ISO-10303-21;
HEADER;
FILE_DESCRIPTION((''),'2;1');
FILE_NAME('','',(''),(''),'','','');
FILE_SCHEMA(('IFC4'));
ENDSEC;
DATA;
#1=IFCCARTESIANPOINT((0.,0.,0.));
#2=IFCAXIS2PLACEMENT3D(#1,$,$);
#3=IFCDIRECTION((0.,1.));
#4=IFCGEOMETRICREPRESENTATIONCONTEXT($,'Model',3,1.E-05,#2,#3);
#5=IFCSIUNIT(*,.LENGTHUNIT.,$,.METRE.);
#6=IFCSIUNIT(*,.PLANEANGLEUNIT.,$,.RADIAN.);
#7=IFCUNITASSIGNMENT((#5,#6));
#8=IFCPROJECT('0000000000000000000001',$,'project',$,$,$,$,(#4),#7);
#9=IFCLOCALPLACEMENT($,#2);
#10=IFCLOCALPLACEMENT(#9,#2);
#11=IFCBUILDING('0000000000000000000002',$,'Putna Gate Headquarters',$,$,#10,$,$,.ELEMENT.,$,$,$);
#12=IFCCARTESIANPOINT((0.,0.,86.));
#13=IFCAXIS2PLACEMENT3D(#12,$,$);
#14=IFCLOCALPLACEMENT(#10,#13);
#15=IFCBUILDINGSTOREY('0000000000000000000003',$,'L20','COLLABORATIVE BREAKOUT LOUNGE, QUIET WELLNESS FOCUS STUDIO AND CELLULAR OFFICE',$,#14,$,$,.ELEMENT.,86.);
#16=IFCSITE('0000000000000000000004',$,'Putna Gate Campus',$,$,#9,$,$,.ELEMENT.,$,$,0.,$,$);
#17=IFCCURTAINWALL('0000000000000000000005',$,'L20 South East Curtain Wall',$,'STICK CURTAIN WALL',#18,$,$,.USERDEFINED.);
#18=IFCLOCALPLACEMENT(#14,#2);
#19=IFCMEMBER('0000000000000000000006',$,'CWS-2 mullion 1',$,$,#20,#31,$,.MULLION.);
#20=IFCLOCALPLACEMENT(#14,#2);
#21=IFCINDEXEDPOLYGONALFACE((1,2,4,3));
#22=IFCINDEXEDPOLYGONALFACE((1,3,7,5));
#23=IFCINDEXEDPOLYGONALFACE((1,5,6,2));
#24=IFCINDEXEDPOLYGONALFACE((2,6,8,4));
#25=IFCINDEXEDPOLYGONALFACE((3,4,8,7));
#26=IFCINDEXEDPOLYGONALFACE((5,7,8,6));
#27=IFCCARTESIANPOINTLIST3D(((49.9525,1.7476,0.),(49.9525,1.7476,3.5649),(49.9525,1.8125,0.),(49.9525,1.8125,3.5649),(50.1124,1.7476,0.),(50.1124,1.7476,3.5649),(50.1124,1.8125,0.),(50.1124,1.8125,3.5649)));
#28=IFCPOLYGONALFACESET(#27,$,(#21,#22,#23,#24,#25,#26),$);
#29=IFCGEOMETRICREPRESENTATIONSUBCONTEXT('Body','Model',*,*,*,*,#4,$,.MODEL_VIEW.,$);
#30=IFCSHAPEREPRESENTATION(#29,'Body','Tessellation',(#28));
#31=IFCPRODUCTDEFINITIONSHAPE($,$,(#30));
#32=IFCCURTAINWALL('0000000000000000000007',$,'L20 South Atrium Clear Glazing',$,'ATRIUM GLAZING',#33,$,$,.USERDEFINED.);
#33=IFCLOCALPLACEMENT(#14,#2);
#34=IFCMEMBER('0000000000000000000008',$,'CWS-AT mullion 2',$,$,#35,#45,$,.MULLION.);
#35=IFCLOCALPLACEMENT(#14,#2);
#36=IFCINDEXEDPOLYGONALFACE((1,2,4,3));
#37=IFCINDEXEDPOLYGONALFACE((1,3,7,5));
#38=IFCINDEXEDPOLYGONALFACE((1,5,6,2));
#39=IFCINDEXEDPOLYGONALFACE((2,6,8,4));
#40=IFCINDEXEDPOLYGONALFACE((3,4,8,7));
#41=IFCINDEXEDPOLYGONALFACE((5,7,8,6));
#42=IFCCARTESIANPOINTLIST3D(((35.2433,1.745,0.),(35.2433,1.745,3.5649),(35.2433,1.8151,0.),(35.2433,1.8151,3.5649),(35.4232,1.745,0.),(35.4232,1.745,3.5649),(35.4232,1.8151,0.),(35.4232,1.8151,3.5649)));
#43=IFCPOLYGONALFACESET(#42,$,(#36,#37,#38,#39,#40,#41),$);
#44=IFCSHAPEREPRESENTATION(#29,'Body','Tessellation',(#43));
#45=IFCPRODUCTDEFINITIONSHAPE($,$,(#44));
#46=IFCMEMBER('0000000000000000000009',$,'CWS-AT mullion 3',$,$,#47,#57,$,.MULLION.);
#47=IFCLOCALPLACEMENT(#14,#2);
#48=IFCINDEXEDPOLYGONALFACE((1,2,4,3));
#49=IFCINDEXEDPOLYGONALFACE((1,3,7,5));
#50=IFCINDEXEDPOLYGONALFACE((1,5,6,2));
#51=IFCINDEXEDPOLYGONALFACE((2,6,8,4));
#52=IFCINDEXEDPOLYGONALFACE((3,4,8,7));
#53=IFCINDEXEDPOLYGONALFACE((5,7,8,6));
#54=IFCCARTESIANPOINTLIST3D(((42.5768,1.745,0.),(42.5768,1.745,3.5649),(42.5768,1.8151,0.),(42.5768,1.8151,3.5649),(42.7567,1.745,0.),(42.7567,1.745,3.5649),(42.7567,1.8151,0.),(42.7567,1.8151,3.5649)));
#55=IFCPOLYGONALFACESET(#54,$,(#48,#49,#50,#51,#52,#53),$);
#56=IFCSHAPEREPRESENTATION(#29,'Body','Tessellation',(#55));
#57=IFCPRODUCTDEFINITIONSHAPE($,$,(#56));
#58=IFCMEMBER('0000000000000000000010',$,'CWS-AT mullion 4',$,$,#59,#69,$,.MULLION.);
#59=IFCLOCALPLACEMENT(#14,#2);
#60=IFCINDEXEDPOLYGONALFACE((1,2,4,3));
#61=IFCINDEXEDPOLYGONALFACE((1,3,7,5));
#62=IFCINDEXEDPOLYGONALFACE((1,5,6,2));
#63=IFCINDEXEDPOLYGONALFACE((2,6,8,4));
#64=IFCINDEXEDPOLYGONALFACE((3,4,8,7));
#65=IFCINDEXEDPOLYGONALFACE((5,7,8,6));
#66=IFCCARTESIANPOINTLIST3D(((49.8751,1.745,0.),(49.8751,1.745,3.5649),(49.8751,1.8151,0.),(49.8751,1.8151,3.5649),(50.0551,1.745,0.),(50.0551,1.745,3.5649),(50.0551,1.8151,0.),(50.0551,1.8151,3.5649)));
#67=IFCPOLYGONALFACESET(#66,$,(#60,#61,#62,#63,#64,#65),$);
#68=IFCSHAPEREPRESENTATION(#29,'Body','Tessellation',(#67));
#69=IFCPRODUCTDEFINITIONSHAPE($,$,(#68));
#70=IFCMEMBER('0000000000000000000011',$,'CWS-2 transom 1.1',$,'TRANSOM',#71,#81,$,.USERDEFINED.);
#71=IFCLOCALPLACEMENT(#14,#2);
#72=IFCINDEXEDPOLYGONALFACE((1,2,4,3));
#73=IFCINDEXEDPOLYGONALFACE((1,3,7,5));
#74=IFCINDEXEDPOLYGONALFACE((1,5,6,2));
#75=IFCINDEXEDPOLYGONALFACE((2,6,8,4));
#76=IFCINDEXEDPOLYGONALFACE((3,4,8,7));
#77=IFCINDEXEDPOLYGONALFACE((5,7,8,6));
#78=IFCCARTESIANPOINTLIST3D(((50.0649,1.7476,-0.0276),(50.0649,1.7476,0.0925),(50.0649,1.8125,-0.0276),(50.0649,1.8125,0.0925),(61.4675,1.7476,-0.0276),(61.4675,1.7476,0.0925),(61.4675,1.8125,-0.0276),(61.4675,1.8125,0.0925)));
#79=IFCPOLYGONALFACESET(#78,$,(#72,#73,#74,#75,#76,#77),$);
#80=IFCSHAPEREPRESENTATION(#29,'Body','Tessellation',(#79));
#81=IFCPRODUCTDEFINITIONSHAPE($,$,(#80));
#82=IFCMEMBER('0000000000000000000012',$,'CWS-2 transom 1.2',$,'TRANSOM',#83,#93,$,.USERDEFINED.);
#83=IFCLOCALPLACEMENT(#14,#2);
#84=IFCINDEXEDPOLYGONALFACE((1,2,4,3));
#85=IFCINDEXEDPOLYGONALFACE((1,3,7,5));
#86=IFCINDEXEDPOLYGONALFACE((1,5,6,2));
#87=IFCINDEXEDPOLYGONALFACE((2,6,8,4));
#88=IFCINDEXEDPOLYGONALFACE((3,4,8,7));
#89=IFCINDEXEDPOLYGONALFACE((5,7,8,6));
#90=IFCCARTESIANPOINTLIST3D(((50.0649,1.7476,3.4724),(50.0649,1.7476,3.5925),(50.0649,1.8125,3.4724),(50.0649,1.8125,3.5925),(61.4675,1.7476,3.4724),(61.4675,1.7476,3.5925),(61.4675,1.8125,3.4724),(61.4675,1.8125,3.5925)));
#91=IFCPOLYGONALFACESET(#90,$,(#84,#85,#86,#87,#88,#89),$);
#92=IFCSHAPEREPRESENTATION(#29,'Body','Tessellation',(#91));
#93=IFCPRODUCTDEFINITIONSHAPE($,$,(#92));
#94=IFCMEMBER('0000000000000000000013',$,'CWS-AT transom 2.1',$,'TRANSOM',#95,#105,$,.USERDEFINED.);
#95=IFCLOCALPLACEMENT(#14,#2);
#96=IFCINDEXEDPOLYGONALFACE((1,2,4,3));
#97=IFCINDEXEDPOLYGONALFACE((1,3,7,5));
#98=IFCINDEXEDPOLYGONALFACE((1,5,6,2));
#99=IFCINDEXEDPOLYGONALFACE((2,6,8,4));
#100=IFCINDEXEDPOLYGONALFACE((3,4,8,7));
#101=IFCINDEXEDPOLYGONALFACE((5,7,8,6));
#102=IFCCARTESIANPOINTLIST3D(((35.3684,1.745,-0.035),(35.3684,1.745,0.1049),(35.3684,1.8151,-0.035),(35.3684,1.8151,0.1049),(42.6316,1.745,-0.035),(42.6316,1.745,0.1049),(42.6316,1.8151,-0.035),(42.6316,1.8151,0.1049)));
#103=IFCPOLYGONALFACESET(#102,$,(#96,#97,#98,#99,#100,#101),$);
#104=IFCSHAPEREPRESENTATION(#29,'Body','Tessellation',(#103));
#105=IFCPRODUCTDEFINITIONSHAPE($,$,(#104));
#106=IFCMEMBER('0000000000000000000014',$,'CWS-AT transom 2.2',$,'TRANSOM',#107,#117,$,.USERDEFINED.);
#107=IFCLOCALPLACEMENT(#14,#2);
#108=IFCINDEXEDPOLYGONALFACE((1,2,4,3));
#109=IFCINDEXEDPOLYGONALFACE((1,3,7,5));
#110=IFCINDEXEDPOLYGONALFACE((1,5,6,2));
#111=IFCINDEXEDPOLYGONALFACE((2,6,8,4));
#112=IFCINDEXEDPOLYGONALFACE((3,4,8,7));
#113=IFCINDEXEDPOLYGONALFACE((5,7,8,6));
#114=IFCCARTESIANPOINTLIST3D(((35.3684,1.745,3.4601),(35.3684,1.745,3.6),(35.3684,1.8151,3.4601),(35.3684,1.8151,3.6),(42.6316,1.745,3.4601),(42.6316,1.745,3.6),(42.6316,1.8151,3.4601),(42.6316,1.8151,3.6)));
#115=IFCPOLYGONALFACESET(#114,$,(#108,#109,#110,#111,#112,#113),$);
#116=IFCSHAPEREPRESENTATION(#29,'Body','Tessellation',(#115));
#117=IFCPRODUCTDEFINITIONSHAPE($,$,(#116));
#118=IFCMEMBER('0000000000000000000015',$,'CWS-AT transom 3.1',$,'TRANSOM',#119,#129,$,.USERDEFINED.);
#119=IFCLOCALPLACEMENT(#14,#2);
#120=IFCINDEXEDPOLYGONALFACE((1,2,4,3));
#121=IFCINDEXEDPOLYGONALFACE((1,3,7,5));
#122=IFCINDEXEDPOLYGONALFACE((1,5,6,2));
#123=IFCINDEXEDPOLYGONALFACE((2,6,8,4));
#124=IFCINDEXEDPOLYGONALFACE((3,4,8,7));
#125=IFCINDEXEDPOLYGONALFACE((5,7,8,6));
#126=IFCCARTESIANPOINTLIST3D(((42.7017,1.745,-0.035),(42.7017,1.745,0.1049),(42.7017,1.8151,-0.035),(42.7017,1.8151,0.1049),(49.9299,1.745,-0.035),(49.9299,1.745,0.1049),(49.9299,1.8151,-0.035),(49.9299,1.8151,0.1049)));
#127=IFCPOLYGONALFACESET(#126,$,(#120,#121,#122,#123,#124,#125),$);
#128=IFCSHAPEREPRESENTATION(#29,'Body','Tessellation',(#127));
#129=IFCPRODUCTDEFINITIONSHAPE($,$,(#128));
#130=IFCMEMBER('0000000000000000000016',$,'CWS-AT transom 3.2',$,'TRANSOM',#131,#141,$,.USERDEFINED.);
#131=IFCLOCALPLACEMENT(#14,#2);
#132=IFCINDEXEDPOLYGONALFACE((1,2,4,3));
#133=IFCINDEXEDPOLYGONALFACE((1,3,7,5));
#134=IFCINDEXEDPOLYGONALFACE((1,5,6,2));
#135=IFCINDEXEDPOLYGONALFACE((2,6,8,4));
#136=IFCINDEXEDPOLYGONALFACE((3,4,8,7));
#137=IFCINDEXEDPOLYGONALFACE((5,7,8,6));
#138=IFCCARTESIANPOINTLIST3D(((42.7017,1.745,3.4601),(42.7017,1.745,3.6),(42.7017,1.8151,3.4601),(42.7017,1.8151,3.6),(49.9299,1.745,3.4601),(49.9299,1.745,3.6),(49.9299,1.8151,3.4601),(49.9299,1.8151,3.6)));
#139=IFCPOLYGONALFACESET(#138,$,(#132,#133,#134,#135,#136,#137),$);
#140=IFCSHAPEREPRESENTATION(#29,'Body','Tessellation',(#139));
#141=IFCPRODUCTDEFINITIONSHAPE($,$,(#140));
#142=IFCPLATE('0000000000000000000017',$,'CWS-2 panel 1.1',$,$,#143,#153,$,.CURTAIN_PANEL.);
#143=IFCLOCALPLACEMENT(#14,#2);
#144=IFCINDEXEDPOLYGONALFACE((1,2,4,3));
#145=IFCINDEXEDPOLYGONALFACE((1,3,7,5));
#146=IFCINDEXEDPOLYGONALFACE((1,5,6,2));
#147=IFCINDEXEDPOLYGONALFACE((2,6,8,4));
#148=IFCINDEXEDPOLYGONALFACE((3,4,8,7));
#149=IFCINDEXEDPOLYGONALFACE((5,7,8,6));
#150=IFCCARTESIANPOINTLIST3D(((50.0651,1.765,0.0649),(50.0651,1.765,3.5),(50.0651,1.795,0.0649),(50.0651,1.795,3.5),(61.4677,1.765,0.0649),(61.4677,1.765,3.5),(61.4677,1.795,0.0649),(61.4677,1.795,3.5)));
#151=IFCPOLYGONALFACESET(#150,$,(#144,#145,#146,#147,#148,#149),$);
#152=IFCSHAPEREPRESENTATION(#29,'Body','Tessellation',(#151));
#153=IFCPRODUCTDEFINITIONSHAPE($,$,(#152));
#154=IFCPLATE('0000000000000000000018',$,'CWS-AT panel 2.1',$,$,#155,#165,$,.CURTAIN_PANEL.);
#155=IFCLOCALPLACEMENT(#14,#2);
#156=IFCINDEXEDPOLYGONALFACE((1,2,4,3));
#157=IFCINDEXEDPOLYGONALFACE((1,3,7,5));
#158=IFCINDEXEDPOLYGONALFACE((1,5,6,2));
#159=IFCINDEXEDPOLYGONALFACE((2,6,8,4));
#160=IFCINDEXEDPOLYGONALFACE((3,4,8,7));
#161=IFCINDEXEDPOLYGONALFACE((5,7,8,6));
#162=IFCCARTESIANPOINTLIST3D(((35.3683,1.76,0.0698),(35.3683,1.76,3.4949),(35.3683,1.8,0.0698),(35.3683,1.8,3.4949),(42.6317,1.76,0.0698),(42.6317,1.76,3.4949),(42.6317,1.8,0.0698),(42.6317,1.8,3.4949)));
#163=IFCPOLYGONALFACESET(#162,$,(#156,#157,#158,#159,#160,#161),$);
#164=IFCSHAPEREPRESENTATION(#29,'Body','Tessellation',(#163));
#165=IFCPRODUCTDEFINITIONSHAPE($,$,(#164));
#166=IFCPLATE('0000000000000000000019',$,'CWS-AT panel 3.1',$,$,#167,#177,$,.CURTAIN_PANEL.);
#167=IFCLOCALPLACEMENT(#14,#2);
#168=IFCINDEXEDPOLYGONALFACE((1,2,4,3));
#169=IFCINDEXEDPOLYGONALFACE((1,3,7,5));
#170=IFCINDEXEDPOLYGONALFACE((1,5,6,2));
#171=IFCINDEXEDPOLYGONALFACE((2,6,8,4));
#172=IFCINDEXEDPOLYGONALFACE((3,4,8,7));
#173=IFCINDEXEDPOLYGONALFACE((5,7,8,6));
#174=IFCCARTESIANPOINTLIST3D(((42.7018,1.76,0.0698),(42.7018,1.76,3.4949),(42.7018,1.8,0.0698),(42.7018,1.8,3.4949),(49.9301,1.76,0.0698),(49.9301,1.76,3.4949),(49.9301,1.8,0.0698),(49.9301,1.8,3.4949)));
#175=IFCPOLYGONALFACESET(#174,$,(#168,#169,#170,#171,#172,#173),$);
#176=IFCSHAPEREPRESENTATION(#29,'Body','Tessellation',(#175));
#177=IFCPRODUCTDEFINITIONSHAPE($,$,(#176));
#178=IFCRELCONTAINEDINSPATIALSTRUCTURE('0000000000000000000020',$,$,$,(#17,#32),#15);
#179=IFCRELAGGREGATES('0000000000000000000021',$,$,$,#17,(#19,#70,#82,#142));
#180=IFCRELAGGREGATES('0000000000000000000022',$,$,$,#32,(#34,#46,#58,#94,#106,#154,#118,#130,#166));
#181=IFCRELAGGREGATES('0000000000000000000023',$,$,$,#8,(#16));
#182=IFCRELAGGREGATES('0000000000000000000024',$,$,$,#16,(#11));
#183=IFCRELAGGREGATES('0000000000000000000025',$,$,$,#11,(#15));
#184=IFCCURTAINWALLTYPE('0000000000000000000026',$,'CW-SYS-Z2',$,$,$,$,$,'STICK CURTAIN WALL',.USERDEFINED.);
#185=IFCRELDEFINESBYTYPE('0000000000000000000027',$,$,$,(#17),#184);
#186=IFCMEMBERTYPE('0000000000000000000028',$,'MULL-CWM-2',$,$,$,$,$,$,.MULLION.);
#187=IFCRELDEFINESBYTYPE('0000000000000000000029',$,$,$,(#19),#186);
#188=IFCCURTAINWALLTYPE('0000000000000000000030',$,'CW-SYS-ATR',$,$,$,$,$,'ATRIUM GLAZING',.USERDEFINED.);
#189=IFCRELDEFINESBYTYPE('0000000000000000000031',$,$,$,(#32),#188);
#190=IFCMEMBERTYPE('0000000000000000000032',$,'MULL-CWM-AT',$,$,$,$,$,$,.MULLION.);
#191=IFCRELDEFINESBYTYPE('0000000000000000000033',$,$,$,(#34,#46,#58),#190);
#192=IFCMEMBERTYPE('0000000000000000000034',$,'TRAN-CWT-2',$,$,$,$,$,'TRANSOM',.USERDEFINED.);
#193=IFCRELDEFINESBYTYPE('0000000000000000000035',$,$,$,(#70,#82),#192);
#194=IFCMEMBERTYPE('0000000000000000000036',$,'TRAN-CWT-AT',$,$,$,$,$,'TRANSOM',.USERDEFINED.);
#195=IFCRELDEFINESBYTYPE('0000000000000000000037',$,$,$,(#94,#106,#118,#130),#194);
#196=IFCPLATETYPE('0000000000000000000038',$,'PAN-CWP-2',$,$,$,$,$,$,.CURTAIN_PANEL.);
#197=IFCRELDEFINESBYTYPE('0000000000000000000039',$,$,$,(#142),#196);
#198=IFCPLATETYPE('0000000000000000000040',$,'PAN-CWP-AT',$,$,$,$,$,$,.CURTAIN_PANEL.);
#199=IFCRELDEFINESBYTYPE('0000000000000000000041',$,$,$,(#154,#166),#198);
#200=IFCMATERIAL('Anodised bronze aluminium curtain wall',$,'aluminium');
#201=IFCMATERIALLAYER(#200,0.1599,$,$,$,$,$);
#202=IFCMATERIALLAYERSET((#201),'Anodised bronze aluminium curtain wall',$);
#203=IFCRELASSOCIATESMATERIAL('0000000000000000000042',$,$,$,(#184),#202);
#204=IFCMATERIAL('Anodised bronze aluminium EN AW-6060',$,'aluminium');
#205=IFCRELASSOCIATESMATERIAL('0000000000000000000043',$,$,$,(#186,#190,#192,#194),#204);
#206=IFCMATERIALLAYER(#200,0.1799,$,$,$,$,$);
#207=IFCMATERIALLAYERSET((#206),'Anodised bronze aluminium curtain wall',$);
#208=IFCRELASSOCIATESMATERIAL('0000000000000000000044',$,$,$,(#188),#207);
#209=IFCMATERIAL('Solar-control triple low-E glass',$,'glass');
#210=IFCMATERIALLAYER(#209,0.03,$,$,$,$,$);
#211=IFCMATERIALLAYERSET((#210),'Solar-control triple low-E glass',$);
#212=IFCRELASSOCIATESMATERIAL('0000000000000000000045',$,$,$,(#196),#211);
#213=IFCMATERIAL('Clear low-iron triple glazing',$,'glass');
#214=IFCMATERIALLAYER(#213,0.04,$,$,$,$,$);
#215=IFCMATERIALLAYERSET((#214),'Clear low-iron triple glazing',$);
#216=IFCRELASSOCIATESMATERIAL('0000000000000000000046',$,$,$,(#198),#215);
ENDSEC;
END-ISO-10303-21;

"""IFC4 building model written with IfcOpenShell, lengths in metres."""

from ifc_helpers import new_model, si_unit, direction, frame, origin, origin_2d, place, context, subcontext, project, spatial, rectangle, extrude, material, layer, layer_set, material_profile, profile_set, type_object, element, aggregate, save


model = new_model("IFC4")

# Units and contexts
model_context = context("Model", 3, precision=1e-05, world=origin(), true_north=direction((0.0, 1.0)))
body_context = subcontext(model_context, "Body", "Model", "MODEL_VIEW")
ifc_project = project(units=[si_unit("LENGTHUNIT", "METRE"), si_unit("PLANEANGLEUNIT", "RADIAN")], contexts=[model_context])

# Site, building, storey
site_placement = place(None, origin())
site = spatial("IfcSite", under=ifc_project, at=site_placement, Name="Putna Gate Campus", CompositionType="ELEMENT", RefElevation=0.0)
building_placement = place(site_placement, origin())
building = spatial("IfcBuilding", under=site, at=building_placement, Name="Putna Gate Headquarters", CompositionType="ELEMENT")
storey_placement = place(building_placement, frame((0.0, 0.0, 86.0)))
storey = spatial("IfcBuildingStorey", under=building, at=storey_placement, Name="L20", Description="COLLABORATIVE BREAKOUT LOUNGE, QUIET WELLNESS FOCUS STUDIO AND CELLULAR OFFICE", CompositionType="ELEMENT", Elevation=86.0)

# Curtain wall, member
ifc_material_1 = material(Name="Anodised bronze aluminium curtain wall", Category="aluminium")
ifc_layer_1 = layer(ifc_material_1, 0.1599)
ifc_layer_set_1 = layer_set([ifc_layer_1], Name="Anodised bronze aluminium curtain wall")
curtain_wall_type_1 = type_object("IfcCurtainWallType", Name="CW-SYS-Z2", ElementType="STICK CURTAIN WALL", PredefinedType="USERDEFINED", material=ifc_layer_set_1)
curtain_wall_1_placement = place(storey_placement, origin())
curtain_wall_1 = element("IfcCurtainWall", 1, at=curtain_wall_1_placement, inside=storey, type_object=curtain_wall_type_1, Name="L20 South East Curtain Wall", ObjectType="STICK CURTAIN WALL", PredefinedType="USERDEFINED")
ifc_material_2 = material(Name="Anodised bronze aluminium EN AW-6060", Category="aluminium")
ifc_material_profile_1 = material_profile(ifc_material_2, rectangle(XDim=0.0649, YDim=0.1599, at=origin_2d()), Name="Anodised bronze aluminium EN AW-6060")
ifc_profile_set_1 = profile_set([ifc_material_profile_1], Name="Anodised bronze aluminium EN AW-6060")
member_type_1 = type_object("IfcMemberType", Name="MULL-CWM-2", PredefinedType="MULLION", material=ifc_profile_set_1)
member_1_placement = place(storey_placement, frame((50.0325, 1.78, 0.0), z_axis=(0.0, 0.0, 1.0), x_axis=(0.0, 1.0, 0.0)))
member_1 = element("IfcMember", 2, at=member_1_placement, type_object=member_type_1, Name="CWS-2 mullion 1", PredefinedType="MULLION", context=body_context, shape_type="SweptSolid", body=[
    extrude(rectangle(XDim=0.0649, YDim=0.1599, at=origin_2d()), origin(), (0.0, 0.0, 1.0), 3.5649),
])

# Curtain wall, members
ifc_layer_2 = layer(ifc_material_1, 0.1799)
ifc_layer_set_2 = layer_set([ifc_layer_2], Name="Anodised bronze aluminium curtain wall")
curtain_wall_type_2 = type_object("IfcCurtainWallType", Name="CW-SYS-ATR", ElementType="ATRIUM GLAZING", PredefinedType="USERDEFINED", material=ifc_layer_set_2)
curtain_wall_2_placement = place(storey_placement, origin())
curtain_wall_2 = element("IfcCurtainWall", 3, at=curtain_wall_2_placement, inside=storey, type_object=curtain_wall_type_2, Name="L20 South Atrium Clear Glazing", ObjectType="ATRIUM GLAZING", PredefinedType="USERDEFINED")
ifc_material_profile_2 = material_profile(ifc_material_2, rectangle(XDim=0.0701, YDim=0.1799, at=origin_2d()), Name="Anodised bronze aluminium EN AW-6060")
ifc_profile_set_2 = profile_set([ifc_material_profile_2], Name="Anodised bronze aluminium EN AW-6060")
member_type_2 = type_object("IfcMemberType", Name="MULL-CWM-AT", PredefinedType="MULLION", material=ifc_profile_set_2)
member_2_placement = place(storey_placement, frame((35.3333, 1.78, 0.0), z_axis=(0.0, 0.0, 1.0), x_axis=(0.0, 1.0, 0.0)))
member_2 = element("IfcMember", 4, at=member_2_placement, type_object=member_type_2, Name="CWS-AT mullion 2", PredefinedType="MULLION", context=body_context, shape_type="SweptSolid", body=[
    extrude(rectangle(XDim=0.0701, YDim=0.1799, at=origin_2d()), origin(), (0.0, 0.0, 1.0), 3.5649),
])
member_3_placement = place(storey_placement, frame((42.6667, 1.78, 0.0), z_axis=(0.0, 0.0, 1.0), x_axis=(0.0, 1.0, 0.0)))
member_3 = element("IfcMember", 5, at=member_3_placement, type_object=member_type_2, Name="CWS-AT mullion 3", PredefinedType="MULLION", context=body_context, shape_type="SweptSolid", body=[
    extrude(rectangle(XDim=0.0701, YDim=0.1799, at=origin_2d()), origin(), (0.0, 0.0, 1.0), 3.5649),
])
member_4_placement = place(storey_placement, frame((49.9651, 1.78, 0.0), z_axis=(0.0, 0.0, 1.0), x_axis=(0.0, 1.0, 0.0)))
member_4 = element("IfcMember", 6, at=member_4_placement, type_object=member_type_2, Name="CWS-AT mullion 4", PredefinedType="MULLION", context=body_context, shape_type="SweptSolid", body=[
    extrude(rectangle(XDim=0.0701, YDim=0.1799, at=origin_2d()), origin(), (0.0, 0.0, 1.0), 3.5649),
])

# Members
ifc_material_profile_3 = material_profile(ifc_material_2, rectangle(XDim=0.0649, YDim=0.1201, at=origin_2d()), Name="Anodised bronze aluminium EN AW-6060")
ifc_profile_set_3 = profile_set([ifc_material_profile_3], Name="Anodised bronze aluminium EN AW-6060")
member_type_3 = type_object("IfcMemberType", Name="TRAN-CWT-2", ElementType="TRANSOM", PredefinedType="USERDEFINED", material=ifc_profile_set_3)
member_5_placement = place(storey_placement, frame((50.0649, 1.78, 0.0325), z_axis=(1.0, 0.0, 0.0), x_axis=(0.0, 1.0, 0.0)))
member_5 = element("IfcMember", 7, at=member_5_placement, type_object=member_type_3, Name="CWS-2 transom 1.1", ObjectType="TRANSOM", PredefinedType="USERDEFINED", context=body_context, shape_type="SweptSolid", body=[
    extrude(rectangle(XDim=0.0649, YDim=0.1201, at=origin_2d()), origin(), (0.0, 0.0, 1.0), 11.4026),
])
member_6_placement = place(storey_placement, frame((50.0649, 1.78, 3.5325), z_axis=(1.0, 0.0, 0.0), x_axis=(0.0, 1.0, 0.0)))
member_6 = element("IfcMember", 8, at=member_6_placement, type_object=member_type_3, Name="CWS-2 transom 1.2", ObjectType="TRANSOM", PredefinedType="USERDEFINED", context=body_context, shape_type="SweptSolid", body=[
    extrude(rectangle(XDim=0.0649, YDim=0.1201, at=origin_2d()), origin(), (0.0, 0.0, 1.0), 11.4026),
])
ifc_material_profile_4 = material_profile(ifc_material_2, rectangle(XDim=0.0701, YDim=0.1399, at=origin_2d()), Name="Anodised bronze aluminium EN AW-6060")
ifc_profile_set_4 = profile_set([ifc_material_profile_4], Name="Anodised bronze aluminium EN AW-6060")
member_type_4 = type_object("IfcMemberType", Name="TRAN-CWT-AT", ElementType="TRANSOM", PredefinedType="USERDEFINED", material=ifc_profile_set_4)
member_7_placement = place(storey_placement, frame((35.3684, 1.78, 0.0349), z_axis=(1.0, 0.0, 0.0), x_axis=(0.0, 1.0, 0.0)))
member_7 = element("IfcMember", 9, at=member_7_placement, type_object=member_type_4, Name="CWS-AT transom 2.1", ObjectType="TRANSOM", PredefinedType="USERDEFINED", context=body_context, shape_type="SweptSolid", body=[
    extrude(rectangle(XDim=0.0701, YDim=0.1399, at=origin_2d()), origin(), (0.0, 0.0, 1.0), 7.2632),
])
member_8_placement = place(storey_placement, frame((35.3684, 1.78, 3.53), z_axis=(1.0, 0.0, 0.0), x_axis=(0.0, 1.0, 0.0)))
member_8 = element("IfcMember", 10, at=member_8_placement, type_object=member_type_4, Name="CWS-AT transom 2.2", ObjectType="TRANSOM", PredefinedType="USERDEFINED", context=body_context, shape_type="SweptSolid", body=[
    extrude(rectangle(XDim=0.0701, YDim=0.1399, at=origin_2d()), origin(), (0.0, 0.0, 1.0), 7.2632),
])
member_9_placement = place(storey_placement, frame((42.7017, 1.78, 0.0349), z_axis=(1.0, 0.0, 0.0), x_axis=(0.0, 1.0, 0.0)))
member_9 = element("IfcMember", 11, at=member_9_placement, type_object=member_type_4, Name="CWS-AT transom 3.1", ObjectType="TRANSOM", PredefinedType="USERDEFINED", context=body_context, shape_type="SweptSolid", body=[
    extrude(rectangle(XDim=0.0701, YDim=0.1399, at=origin_2d()), origin(), (0.0, 0.0, 1.0), 7.2283),
])
member_10_placement = place(storey_placement, frame((42.7017, 1.78, 3.53), z_axis=(1.0, 0.0, 0.0), x_axis=(0.0, 1.0, 0.0)))
member_10 = element("IfcMember", 12, at=member_10_placement, type_object=member_type_4, Name="CWS-AT transom 3.2", ObjectType="TRANSOM", PredefinedType="USERDEFINED", context=body_context, shape_type="SweptSolid", body=[
    extrude(rectangle(XDim=0.0701, YDim=0.1399, at=origin_2d()), origin(), (0.0, 0.0, 1.0), 7.2283),
])

# Plates
ifc_material_3 = material(Name="Solar-control triple low-E glass", Category="glass")
ifc_layer_3 = layer(ifc_material_3, 0.03)
ifc_layer_set_3 = layer_set([ifc_layer_3], Name="Solar-control triple low-E glass")
plate_type_1 = type_object("IfcPlateType", Name="PAN-CWP-2", PredefinedType="CURTAIN_PANEL", material=ifc_layer_set_3)
plate_1_placement = place(storey_placement, frame((55.7664, 1.78, 0.0649), z_axis=(0.0, 0.0, 1.0), x_axis=(1.0, 0.0, 0.0)))
plate_1 = element("IfcPlate", 13, at=plate_1_placement, type_object=plate_type_1, Name="CWS-2 panel 1.1", PredefinedType="CURTAIN_PANEL", context=body_context, shape_type="SweptSolid", body=[
    extrude(rectangle(XDim=11.4026, YDim=0.03, at=origin_2d()), origin(), (0.0, 0.0, 1.0), 3.4351),
])
aggregate(curtain_wall_1, [member_1, member_5, member_6, plate_1])
ifc_material_4 = material(Name="Clear low-iron triple glazing", Category="glass")
ifc_layer_4 = layer(ifc_material_4, 0.04)
ifc_layer_set_4 = layer_set([ifc_layer_4], Name="Clear low-iron triple glazing")
plate_type_2 = type_object("IfcPlateType", Name="PAN-CWP-AT", PredefinedType="CURTAIN_PANEL", material=ifc_layer_set_4)
plate_2_placement = place(storey_placement, frame((39.0, 1.78, 0.0698), z_axis=(0.0, 0.0, 1.0), x_axis=(1.0, 0.0, 0.0)))
plate_2 = element("IfcPlate", 14, at=plate_2_placement, type_object=plate_type_2, Name="CWS-AT panel 2.1", PredefinedType="CURTAIN_PANEL", context=body_context, shape_type="SweptSolid", body=[
    extrude(rectangle(XDim=7.2634, YDim=0.04, at=origin_2d()), origin(), (0.0, 0.0, 1.0), 3.425),
])
plate_3_placement = place(storey_placement, frame((46.3159, 1.78, 0.0698), z_axis=(0.0, 0.0, 1.0), x_axis=(1.0, 0.0, 0.0)))
plate_3 = element("IfcPlate", 15, at=plate_3_placement, type_object=plate_type_2, Name="CWS-AT panel 3.1", PredefinedType="CURTAIN_PANEL", context=body_context, shape_type="SweptSolid", body=[
    extrude(rectangle(XDim=7.2283, YDim=0.04, at=origin_2d()), origin(), (0.0, 0.0, 1.0), 3.425),
])
aggregate(curtain_wall_2, [member_2, member_3, member_4, member_7, member_8, plate_2, member_9, member_10, plate_3])

save(model, "model.ifc")
